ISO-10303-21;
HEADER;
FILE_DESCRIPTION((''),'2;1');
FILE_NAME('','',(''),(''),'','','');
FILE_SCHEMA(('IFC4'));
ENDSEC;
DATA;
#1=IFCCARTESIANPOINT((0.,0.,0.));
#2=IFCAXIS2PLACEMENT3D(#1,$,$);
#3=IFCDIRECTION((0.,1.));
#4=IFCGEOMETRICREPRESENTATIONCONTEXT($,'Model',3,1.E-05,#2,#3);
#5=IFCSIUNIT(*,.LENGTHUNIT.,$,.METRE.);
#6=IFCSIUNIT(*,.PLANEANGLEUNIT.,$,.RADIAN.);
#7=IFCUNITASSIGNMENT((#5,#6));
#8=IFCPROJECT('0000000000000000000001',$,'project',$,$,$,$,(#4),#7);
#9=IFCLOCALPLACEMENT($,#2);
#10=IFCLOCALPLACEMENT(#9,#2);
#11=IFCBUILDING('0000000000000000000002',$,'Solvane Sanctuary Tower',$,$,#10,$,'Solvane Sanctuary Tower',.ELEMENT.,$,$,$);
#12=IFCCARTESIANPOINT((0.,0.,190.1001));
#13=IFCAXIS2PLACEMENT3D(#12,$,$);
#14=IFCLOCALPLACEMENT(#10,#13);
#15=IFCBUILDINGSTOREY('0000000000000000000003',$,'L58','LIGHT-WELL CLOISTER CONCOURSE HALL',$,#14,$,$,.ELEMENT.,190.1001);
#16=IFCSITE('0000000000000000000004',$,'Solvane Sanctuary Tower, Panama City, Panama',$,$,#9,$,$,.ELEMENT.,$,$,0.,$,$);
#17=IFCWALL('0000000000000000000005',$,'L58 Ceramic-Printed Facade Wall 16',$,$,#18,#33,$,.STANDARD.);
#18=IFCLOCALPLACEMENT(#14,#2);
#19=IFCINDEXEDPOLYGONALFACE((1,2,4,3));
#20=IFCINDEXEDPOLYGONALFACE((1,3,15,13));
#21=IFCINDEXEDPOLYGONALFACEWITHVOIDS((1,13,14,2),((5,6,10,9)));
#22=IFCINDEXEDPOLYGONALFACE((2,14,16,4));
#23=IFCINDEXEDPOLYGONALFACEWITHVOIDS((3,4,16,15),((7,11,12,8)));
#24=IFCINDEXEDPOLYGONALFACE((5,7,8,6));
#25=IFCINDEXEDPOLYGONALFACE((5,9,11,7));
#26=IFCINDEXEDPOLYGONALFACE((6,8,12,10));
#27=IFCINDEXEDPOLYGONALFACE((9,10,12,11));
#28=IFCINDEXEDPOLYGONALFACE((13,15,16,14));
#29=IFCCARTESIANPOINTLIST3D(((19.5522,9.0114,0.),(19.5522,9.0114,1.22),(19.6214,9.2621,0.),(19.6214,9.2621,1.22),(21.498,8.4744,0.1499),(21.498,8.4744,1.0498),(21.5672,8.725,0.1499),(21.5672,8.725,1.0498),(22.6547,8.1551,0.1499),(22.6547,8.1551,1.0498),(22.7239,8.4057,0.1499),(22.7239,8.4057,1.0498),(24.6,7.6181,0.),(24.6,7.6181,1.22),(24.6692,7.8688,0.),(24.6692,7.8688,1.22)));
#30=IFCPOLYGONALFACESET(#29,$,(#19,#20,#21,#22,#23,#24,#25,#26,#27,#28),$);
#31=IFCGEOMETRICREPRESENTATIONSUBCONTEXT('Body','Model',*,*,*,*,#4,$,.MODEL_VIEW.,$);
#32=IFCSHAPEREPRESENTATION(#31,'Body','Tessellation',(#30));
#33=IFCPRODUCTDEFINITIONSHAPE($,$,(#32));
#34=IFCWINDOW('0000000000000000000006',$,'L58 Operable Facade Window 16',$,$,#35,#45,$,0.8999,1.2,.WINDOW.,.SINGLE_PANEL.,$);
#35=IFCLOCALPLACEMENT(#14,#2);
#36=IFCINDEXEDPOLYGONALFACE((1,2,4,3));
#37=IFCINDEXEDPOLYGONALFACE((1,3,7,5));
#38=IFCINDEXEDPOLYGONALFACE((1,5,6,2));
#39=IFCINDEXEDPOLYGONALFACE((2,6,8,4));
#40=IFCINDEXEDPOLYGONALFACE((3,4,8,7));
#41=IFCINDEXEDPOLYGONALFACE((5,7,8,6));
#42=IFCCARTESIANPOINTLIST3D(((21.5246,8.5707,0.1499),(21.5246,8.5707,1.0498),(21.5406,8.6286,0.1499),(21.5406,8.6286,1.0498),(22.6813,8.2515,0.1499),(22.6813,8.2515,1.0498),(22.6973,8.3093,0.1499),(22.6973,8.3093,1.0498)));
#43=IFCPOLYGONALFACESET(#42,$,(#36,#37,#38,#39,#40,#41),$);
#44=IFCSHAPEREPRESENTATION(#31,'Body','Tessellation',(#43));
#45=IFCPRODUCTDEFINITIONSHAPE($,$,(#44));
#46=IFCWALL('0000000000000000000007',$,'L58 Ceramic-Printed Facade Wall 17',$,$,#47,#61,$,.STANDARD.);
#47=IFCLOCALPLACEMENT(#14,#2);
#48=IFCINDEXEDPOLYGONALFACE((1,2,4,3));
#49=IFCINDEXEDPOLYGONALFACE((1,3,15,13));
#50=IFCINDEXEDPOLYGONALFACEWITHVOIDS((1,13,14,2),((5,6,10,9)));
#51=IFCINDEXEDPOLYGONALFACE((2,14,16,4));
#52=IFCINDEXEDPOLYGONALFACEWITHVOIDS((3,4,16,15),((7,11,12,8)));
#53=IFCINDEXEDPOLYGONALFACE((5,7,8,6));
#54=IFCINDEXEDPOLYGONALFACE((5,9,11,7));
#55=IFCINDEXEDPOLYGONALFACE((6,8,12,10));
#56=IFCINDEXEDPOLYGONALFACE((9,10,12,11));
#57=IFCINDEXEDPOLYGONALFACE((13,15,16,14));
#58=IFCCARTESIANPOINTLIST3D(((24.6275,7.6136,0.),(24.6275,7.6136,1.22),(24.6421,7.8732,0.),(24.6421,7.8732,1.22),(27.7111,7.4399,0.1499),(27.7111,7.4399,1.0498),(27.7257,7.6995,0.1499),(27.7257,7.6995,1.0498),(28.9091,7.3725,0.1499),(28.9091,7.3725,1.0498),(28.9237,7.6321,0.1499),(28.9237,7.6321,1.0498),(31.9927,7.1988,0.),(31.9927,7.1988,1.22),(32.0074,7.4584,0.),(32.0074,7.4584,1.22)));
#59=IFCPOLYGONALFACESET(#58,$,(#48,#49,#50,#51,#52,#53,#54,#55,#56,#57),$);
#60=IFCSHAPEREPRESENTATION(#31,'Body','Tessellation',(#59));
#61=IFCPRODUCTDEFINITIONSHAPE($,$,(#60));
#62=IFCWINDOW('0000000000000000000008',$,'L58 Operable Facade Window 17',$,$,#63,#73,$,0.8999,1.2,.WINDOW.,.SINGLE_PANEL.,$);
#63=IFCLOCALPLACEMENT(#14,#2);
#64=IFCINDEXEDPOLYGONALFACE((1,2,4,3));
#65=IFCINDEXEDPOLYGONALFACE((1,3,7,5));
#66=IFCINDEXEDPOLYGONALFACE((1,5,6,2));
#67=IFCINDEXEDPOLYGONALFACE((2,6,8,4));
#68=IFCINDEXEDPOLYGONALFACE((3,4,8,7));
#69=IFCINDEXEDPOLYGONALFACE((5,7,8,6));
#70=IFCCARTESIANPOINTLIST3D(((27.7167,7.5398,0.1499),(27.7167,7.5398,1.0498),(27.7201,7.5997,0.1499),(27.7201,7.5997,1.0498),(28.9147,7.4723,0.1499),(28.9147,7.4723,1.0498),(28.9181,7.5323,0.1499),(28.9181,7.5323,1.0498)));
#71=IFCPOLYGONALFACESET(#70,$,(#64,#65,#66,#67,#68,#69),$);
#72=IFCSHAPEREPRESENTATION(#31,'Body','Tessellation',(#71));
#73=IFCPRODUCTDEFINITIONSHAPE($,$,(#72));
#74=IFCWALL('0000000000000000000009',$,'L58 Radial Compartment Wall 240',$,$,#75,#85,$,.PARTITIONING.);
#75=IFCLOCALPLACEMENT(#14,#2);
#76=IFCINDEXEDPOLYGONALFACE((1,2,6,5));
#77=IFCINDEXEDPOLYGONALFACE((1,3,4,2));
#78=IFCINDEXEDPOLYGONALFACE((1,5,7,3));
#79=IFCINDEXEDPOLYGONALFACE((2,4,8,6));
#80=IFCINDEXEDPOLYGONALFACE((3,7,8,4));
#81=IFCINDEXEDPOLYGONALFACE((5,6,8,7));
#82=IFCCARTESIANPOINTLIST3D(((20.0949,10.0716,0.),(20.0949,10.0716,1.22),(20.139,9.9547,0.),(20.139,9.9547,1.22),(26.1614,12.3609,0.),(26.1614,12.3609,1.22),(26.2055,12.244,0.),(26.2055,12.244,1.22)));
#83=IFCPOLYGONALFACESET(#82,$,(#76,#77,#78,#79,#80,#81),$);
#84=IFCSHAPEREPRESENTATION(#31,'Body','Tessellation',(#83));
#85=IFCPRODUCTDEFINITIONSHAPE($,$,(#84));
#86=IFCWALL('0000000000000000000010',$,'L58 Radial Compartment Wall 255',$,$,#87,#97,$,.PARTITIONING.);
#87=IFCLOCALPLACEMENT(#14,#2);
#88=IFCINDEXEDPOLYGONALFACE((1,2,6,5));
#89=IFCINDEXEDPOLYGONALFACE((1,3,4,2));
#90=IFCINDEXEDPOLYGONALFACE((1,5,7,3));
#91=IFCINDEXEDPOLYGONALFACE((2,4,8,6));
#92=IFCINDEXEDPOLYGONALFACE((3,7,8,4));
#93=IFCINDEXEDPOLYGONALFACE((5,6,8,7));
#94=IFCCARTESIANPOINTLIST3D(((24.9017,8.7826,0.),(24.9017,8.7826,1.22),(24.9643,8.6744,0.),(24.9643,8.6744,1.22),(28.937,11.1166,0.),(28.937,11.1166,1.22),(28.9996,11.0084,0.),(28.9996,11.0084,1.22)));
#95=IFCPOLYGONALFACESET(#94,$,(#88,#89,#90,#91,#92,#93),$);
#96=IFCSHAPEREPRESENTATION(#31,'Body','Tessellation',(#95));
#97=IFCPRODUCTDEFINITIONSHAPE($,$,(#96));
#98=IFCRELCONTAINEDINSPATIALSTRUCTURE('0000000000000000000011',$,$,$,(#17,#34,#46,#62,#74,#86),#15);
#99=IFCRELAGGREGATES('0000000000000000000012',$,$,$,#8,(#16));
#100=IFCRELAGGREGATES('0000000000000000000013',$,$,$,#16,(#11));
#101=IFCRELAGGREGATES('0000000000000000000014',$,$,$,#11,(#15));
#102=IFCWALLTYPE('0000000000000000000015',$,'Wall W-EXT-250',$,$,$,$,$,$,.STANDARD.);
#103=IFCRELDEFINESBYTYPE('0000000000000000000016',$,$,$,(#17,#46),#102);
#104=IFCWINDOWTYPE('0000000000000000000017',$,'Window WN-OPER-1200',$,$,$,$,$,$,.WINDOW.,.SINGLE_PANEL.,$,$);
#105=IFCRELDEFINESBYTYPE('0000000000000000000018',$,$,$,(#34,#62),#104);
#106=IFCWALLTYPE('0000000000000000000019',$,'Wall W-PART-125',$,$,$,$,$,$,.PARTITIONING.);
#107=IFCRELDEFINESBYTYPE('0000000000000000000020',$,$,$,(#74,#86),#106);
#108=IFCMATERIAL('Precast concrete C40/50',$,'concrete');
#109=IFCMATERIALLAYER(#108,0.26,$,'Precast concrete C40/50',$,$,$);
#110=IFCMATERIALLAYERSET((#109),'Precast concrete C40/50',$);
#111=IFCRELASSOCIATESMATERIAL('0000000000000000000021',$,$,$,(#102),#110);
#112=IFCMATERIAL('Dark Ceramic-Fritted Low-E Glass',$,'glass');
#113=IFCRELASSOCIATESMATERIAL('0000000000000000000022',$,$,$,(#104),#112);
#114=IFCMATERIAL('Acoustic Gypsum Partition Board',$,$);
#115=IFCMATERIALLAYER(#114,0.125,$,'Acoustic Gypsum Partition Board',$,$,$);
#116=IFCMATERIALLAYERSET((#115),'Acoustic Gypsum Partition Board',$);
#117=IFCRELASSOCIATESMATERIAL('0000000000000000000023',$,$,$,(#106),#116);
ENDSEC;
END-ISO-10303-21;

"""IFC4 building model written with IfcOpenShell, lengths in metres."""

from ifc_helpers import new_model, si_unit, direction, frame, frame_2d, origin, place, context, subcontext, project, spatial, rectangle, extrude, material, layer, layer_set, type_object, element, fill, save


model = new_model("IFC4")

# Units and contexts
model_context = context("Model", 3, precision=1e-05, world=origin(), true_north=direction((0.0, 1.0)))
body_context = subcontext(model_context, "Body", "Model", "MODEL_VIEW")
ifc_project = project(units=[si_unit("LENGTHUNIT", "METRE"), si_unit("PLANEANGLEUNIT", "RADIAN")], contexts=[model_context])

# Site, building, storey
site_placement = place(None, origin())
site = spatial("IfcSite", under=ifc_project, at=site_placement, Name="Solvane Sanctuary Tower, Panama City, Panama", CompositionType="ELEMENT", RefElevation=0.0)
building_placement = place(site_placement, origin())
building = spatial("IfcBuilding", under=site, at=building_placement, Name="Solvane Sanctuary Tower", LongName="Solvane Sanctuary Tower", CompositionType="ELEMENT")
storey_placement = place(building_placement, frame((0.0, 0.0, 190.1001)))
storey = spatial("IfcBuildingStorey", under=building, at=storey_placement, Name="L58", Description="LIGHT-WELL CLOISTER CONCOURSE HALL", CompositionType="ELEMENT", Elevation=190.1001)

# Shared definitions
ifc_material_1 = material(Name="Acoustic Gypsum Partition Board")

# Walls, openings, windows
ifc_material_2 = material(Name="Precast concrete C40/50", Category="concrete")
ifc_layer_1 = layer(ifc_material_2, 0.26, Name="Precast concrete C40/50")
ifc_layer_set_1 = layer_set([ifc_layer_1], Name="Precast concrete C40/50")
wall_type_1 = type_object("IfcWallType", Name="Wall W-EXT-250", PredefinedType="STANDARD", material=ifc_layer_set_1)
wall_1_placement = place(storey_placement, frame((19.5869, 9.1367, 0.0), z_axis=(0.0, 0.0, 1.0), x_axis=(0.963953, -0.266071, 0.0)))
wall_1 = element("IfcWall", 1, at=wall_1_placement, inside=storey, type_object=wall_type_1, Name="L58 Ceramic-Printed Facade Wall 16", PredefinedType="STANDARD", context=body_context, shape_type="SweptSolid", body=[
    extrude(rectangle(XDim=5.2366, YDim=0.26, at=frame_2d((2.6182, 0.0))), origin(), (0.0, 0.0, 1.0), 1.22),
])
opening_1_placement = place(wall_1_placement, frame((2.0183, 0.0, 0.1499)))
opening_1 = element("IfcOpeningElement", 2, at=opening_1_placement, cuts=wall_1, PredefinedType="OPENING", context=body_context, shape_type="SweptSolid", body=[
    extrude(rectangle(XDim=1.2, YDim=0.8999, at=frame_2d((0.6001, 0.45))), frame((0.0, 0.1399, 0.0), z_axis=(0.0, -1.0, 0.0), x_axis=(1.0, 0.0, 0.0)), (0.0, 0.0, 1.0), 0.28),
])
ifc_material_3 = material(Name="Dark Ceramic-Fritted Low-E Glass", Category="glass")
window_type = type_object("IfcWindowType", Name="Window WN-OPER-1200", PartitioningType="SINGLE_PANEL", PredefinedType="WINDOW", material=ifc_material_3)
window_1_placement = place(opening_1_placement, origin())
window_1 = element("IfcWindow", 3, at=window_1_placement, inside=storey, type_object=window_type, Name="L58 Operable Facade Window 16", OverallHeight=0.8999, OverallWidth=1.2, PartitioningType="SINGLE_PANEL", PredefinedType="WINDOW", context=body_context, shape_type="SweptSolid", body=[
    extrude(rectangle(XDim=1.2, YDim=0.8999, at=frame_2d((0.6001, 0.45))), frame((0.0, 0.03, 0.0), z_axis=(0.0, -1.0, 0.0), x_axis=(1.0, 0.0, 0.0)), (0.0, 0.0, 1.0), 0.0601),
])
fill(opening_1, window_1)
wall_2_placement = place(storey_placement, frame((24.6348, 7.7434, 0.0), z_axis=(0.0, 0.0, 1.0), x_axis=(0.998418, -0.056229, 0.0)))
wall_2 = element("IfcWall", 4, at=wall_2_placement, inside=storey, type_object=wall_type_1, Name="L58 Ceramic-Printed Facade Wall 17", PredefinedType="STANDARD", context=body_context, shape_type="SweptSolid", body=[
    extrude(rectangle(XDim=7.377, YDim=0.26, at=frame_2d((3.6885, 0.0))), origin(), (0.0, 0.0, 1.0), 1.22),
])
opening_2_placement = place(wall_2_placement, frame((3.0884, 0.0, 0.1499)))
opening_2 = element("IfcOpeningElement", 5, at=opening_2_placement, cuts=wall_2, PredefinedType="OPENING", context=body_context, shape_type="SweptSolid", body=[
    extrude(rectangle(XDim=1.2, YDim=0.8999, at=frame_2d((0.6001, 0.45))), frame((0.0, 0.1399, 0.0), z_axis=(0.0, -1.0, 0.0), x_axis=(1.0, 0.0, 0.0)), (0.0, 0.0, 1.0), 0.28),
])
window_2_placement = place(opening_2_placement, origin())
window_2 = element("IfcWindow", 6, at=window_2_placement, inside=storey, type_object=window_type, Name="L58 Operable Facade Window 17", OverallHeight=0.8999, OverallWidth=1.2, PartitioningType="SINGLE_PANEL", PredefinedType="WINDOW", context=body_context, shape_type="SweptSolid", body=[
    extrude(rectangle(XDim=1.2, YDim=0.8999, at=frame_2d((0.6001, 0.45))), frame((0.0, 0.03, 0.0), z_axis=(0.0, -1.0, 0.0), x_axis=(1.0, 0.0, 0.0)), (0.0, 0.0, 1.0), 0.0601),
])
fill(opening_2, window_2)

# Walls
ifc_layer_2 = layer(ifc_material_1, 0.125, Name="Acoustic Gypsum Partition Board")
ifc_layer_set_2 = layer_set([ifc_layer_2], Name="Acoustic Gypsum Partition Board")
wall_type_2 = type_object("IfcWallType", Name="Wall W-PART-125", PredefinedType="PARTITIONING", material=ifc_layer_set_2)
wall_3_placement = place(storey_placement, frame((26.1836, 12.3025, 0.0), z_axis=(0.0, 0.0, 1.0), x_axis=(-0.935601, -0.353058, 0.0)))
element("IfcWall", 7, at=wall_3_placement, inside=storey, type_object=wall_type_2, Name="L58 Radial Compartment Wall 240", PredefinedType="PARTITIONING", context=body_context, shape_type="SweptSolid", body=[
    extrude(rectangle(XDim=6.4841, YDim=0.125, at=frame_2d((3.2422, 0.0))), origin(), (0.0, 0.0, 1.0), 1.22),
])
wall_4_placement = place(storey_placement, frame((28.9683, 11.0625, 0.0), z_axis=(0.0, 0.0, 1.0), x_axis=(-0.865627, -0.500689, 0.0)))
element("IfcWall", 8, at=wall_4_placement, inside=storey, type_object=wall_type_2, Name="L58 Radial Compartment Wall 255", PredefinedType="PARTITIONING", context=body_context, shape_type="SweptSolid", body=[
    extrude(rectangle(XDim=4.6616, YDim=0.125, at=frame_2d((2.3308, 0.0))), origin(), (0.0, 0.0, 1.0), 1.22),
])

save(model, "model.ifc")
